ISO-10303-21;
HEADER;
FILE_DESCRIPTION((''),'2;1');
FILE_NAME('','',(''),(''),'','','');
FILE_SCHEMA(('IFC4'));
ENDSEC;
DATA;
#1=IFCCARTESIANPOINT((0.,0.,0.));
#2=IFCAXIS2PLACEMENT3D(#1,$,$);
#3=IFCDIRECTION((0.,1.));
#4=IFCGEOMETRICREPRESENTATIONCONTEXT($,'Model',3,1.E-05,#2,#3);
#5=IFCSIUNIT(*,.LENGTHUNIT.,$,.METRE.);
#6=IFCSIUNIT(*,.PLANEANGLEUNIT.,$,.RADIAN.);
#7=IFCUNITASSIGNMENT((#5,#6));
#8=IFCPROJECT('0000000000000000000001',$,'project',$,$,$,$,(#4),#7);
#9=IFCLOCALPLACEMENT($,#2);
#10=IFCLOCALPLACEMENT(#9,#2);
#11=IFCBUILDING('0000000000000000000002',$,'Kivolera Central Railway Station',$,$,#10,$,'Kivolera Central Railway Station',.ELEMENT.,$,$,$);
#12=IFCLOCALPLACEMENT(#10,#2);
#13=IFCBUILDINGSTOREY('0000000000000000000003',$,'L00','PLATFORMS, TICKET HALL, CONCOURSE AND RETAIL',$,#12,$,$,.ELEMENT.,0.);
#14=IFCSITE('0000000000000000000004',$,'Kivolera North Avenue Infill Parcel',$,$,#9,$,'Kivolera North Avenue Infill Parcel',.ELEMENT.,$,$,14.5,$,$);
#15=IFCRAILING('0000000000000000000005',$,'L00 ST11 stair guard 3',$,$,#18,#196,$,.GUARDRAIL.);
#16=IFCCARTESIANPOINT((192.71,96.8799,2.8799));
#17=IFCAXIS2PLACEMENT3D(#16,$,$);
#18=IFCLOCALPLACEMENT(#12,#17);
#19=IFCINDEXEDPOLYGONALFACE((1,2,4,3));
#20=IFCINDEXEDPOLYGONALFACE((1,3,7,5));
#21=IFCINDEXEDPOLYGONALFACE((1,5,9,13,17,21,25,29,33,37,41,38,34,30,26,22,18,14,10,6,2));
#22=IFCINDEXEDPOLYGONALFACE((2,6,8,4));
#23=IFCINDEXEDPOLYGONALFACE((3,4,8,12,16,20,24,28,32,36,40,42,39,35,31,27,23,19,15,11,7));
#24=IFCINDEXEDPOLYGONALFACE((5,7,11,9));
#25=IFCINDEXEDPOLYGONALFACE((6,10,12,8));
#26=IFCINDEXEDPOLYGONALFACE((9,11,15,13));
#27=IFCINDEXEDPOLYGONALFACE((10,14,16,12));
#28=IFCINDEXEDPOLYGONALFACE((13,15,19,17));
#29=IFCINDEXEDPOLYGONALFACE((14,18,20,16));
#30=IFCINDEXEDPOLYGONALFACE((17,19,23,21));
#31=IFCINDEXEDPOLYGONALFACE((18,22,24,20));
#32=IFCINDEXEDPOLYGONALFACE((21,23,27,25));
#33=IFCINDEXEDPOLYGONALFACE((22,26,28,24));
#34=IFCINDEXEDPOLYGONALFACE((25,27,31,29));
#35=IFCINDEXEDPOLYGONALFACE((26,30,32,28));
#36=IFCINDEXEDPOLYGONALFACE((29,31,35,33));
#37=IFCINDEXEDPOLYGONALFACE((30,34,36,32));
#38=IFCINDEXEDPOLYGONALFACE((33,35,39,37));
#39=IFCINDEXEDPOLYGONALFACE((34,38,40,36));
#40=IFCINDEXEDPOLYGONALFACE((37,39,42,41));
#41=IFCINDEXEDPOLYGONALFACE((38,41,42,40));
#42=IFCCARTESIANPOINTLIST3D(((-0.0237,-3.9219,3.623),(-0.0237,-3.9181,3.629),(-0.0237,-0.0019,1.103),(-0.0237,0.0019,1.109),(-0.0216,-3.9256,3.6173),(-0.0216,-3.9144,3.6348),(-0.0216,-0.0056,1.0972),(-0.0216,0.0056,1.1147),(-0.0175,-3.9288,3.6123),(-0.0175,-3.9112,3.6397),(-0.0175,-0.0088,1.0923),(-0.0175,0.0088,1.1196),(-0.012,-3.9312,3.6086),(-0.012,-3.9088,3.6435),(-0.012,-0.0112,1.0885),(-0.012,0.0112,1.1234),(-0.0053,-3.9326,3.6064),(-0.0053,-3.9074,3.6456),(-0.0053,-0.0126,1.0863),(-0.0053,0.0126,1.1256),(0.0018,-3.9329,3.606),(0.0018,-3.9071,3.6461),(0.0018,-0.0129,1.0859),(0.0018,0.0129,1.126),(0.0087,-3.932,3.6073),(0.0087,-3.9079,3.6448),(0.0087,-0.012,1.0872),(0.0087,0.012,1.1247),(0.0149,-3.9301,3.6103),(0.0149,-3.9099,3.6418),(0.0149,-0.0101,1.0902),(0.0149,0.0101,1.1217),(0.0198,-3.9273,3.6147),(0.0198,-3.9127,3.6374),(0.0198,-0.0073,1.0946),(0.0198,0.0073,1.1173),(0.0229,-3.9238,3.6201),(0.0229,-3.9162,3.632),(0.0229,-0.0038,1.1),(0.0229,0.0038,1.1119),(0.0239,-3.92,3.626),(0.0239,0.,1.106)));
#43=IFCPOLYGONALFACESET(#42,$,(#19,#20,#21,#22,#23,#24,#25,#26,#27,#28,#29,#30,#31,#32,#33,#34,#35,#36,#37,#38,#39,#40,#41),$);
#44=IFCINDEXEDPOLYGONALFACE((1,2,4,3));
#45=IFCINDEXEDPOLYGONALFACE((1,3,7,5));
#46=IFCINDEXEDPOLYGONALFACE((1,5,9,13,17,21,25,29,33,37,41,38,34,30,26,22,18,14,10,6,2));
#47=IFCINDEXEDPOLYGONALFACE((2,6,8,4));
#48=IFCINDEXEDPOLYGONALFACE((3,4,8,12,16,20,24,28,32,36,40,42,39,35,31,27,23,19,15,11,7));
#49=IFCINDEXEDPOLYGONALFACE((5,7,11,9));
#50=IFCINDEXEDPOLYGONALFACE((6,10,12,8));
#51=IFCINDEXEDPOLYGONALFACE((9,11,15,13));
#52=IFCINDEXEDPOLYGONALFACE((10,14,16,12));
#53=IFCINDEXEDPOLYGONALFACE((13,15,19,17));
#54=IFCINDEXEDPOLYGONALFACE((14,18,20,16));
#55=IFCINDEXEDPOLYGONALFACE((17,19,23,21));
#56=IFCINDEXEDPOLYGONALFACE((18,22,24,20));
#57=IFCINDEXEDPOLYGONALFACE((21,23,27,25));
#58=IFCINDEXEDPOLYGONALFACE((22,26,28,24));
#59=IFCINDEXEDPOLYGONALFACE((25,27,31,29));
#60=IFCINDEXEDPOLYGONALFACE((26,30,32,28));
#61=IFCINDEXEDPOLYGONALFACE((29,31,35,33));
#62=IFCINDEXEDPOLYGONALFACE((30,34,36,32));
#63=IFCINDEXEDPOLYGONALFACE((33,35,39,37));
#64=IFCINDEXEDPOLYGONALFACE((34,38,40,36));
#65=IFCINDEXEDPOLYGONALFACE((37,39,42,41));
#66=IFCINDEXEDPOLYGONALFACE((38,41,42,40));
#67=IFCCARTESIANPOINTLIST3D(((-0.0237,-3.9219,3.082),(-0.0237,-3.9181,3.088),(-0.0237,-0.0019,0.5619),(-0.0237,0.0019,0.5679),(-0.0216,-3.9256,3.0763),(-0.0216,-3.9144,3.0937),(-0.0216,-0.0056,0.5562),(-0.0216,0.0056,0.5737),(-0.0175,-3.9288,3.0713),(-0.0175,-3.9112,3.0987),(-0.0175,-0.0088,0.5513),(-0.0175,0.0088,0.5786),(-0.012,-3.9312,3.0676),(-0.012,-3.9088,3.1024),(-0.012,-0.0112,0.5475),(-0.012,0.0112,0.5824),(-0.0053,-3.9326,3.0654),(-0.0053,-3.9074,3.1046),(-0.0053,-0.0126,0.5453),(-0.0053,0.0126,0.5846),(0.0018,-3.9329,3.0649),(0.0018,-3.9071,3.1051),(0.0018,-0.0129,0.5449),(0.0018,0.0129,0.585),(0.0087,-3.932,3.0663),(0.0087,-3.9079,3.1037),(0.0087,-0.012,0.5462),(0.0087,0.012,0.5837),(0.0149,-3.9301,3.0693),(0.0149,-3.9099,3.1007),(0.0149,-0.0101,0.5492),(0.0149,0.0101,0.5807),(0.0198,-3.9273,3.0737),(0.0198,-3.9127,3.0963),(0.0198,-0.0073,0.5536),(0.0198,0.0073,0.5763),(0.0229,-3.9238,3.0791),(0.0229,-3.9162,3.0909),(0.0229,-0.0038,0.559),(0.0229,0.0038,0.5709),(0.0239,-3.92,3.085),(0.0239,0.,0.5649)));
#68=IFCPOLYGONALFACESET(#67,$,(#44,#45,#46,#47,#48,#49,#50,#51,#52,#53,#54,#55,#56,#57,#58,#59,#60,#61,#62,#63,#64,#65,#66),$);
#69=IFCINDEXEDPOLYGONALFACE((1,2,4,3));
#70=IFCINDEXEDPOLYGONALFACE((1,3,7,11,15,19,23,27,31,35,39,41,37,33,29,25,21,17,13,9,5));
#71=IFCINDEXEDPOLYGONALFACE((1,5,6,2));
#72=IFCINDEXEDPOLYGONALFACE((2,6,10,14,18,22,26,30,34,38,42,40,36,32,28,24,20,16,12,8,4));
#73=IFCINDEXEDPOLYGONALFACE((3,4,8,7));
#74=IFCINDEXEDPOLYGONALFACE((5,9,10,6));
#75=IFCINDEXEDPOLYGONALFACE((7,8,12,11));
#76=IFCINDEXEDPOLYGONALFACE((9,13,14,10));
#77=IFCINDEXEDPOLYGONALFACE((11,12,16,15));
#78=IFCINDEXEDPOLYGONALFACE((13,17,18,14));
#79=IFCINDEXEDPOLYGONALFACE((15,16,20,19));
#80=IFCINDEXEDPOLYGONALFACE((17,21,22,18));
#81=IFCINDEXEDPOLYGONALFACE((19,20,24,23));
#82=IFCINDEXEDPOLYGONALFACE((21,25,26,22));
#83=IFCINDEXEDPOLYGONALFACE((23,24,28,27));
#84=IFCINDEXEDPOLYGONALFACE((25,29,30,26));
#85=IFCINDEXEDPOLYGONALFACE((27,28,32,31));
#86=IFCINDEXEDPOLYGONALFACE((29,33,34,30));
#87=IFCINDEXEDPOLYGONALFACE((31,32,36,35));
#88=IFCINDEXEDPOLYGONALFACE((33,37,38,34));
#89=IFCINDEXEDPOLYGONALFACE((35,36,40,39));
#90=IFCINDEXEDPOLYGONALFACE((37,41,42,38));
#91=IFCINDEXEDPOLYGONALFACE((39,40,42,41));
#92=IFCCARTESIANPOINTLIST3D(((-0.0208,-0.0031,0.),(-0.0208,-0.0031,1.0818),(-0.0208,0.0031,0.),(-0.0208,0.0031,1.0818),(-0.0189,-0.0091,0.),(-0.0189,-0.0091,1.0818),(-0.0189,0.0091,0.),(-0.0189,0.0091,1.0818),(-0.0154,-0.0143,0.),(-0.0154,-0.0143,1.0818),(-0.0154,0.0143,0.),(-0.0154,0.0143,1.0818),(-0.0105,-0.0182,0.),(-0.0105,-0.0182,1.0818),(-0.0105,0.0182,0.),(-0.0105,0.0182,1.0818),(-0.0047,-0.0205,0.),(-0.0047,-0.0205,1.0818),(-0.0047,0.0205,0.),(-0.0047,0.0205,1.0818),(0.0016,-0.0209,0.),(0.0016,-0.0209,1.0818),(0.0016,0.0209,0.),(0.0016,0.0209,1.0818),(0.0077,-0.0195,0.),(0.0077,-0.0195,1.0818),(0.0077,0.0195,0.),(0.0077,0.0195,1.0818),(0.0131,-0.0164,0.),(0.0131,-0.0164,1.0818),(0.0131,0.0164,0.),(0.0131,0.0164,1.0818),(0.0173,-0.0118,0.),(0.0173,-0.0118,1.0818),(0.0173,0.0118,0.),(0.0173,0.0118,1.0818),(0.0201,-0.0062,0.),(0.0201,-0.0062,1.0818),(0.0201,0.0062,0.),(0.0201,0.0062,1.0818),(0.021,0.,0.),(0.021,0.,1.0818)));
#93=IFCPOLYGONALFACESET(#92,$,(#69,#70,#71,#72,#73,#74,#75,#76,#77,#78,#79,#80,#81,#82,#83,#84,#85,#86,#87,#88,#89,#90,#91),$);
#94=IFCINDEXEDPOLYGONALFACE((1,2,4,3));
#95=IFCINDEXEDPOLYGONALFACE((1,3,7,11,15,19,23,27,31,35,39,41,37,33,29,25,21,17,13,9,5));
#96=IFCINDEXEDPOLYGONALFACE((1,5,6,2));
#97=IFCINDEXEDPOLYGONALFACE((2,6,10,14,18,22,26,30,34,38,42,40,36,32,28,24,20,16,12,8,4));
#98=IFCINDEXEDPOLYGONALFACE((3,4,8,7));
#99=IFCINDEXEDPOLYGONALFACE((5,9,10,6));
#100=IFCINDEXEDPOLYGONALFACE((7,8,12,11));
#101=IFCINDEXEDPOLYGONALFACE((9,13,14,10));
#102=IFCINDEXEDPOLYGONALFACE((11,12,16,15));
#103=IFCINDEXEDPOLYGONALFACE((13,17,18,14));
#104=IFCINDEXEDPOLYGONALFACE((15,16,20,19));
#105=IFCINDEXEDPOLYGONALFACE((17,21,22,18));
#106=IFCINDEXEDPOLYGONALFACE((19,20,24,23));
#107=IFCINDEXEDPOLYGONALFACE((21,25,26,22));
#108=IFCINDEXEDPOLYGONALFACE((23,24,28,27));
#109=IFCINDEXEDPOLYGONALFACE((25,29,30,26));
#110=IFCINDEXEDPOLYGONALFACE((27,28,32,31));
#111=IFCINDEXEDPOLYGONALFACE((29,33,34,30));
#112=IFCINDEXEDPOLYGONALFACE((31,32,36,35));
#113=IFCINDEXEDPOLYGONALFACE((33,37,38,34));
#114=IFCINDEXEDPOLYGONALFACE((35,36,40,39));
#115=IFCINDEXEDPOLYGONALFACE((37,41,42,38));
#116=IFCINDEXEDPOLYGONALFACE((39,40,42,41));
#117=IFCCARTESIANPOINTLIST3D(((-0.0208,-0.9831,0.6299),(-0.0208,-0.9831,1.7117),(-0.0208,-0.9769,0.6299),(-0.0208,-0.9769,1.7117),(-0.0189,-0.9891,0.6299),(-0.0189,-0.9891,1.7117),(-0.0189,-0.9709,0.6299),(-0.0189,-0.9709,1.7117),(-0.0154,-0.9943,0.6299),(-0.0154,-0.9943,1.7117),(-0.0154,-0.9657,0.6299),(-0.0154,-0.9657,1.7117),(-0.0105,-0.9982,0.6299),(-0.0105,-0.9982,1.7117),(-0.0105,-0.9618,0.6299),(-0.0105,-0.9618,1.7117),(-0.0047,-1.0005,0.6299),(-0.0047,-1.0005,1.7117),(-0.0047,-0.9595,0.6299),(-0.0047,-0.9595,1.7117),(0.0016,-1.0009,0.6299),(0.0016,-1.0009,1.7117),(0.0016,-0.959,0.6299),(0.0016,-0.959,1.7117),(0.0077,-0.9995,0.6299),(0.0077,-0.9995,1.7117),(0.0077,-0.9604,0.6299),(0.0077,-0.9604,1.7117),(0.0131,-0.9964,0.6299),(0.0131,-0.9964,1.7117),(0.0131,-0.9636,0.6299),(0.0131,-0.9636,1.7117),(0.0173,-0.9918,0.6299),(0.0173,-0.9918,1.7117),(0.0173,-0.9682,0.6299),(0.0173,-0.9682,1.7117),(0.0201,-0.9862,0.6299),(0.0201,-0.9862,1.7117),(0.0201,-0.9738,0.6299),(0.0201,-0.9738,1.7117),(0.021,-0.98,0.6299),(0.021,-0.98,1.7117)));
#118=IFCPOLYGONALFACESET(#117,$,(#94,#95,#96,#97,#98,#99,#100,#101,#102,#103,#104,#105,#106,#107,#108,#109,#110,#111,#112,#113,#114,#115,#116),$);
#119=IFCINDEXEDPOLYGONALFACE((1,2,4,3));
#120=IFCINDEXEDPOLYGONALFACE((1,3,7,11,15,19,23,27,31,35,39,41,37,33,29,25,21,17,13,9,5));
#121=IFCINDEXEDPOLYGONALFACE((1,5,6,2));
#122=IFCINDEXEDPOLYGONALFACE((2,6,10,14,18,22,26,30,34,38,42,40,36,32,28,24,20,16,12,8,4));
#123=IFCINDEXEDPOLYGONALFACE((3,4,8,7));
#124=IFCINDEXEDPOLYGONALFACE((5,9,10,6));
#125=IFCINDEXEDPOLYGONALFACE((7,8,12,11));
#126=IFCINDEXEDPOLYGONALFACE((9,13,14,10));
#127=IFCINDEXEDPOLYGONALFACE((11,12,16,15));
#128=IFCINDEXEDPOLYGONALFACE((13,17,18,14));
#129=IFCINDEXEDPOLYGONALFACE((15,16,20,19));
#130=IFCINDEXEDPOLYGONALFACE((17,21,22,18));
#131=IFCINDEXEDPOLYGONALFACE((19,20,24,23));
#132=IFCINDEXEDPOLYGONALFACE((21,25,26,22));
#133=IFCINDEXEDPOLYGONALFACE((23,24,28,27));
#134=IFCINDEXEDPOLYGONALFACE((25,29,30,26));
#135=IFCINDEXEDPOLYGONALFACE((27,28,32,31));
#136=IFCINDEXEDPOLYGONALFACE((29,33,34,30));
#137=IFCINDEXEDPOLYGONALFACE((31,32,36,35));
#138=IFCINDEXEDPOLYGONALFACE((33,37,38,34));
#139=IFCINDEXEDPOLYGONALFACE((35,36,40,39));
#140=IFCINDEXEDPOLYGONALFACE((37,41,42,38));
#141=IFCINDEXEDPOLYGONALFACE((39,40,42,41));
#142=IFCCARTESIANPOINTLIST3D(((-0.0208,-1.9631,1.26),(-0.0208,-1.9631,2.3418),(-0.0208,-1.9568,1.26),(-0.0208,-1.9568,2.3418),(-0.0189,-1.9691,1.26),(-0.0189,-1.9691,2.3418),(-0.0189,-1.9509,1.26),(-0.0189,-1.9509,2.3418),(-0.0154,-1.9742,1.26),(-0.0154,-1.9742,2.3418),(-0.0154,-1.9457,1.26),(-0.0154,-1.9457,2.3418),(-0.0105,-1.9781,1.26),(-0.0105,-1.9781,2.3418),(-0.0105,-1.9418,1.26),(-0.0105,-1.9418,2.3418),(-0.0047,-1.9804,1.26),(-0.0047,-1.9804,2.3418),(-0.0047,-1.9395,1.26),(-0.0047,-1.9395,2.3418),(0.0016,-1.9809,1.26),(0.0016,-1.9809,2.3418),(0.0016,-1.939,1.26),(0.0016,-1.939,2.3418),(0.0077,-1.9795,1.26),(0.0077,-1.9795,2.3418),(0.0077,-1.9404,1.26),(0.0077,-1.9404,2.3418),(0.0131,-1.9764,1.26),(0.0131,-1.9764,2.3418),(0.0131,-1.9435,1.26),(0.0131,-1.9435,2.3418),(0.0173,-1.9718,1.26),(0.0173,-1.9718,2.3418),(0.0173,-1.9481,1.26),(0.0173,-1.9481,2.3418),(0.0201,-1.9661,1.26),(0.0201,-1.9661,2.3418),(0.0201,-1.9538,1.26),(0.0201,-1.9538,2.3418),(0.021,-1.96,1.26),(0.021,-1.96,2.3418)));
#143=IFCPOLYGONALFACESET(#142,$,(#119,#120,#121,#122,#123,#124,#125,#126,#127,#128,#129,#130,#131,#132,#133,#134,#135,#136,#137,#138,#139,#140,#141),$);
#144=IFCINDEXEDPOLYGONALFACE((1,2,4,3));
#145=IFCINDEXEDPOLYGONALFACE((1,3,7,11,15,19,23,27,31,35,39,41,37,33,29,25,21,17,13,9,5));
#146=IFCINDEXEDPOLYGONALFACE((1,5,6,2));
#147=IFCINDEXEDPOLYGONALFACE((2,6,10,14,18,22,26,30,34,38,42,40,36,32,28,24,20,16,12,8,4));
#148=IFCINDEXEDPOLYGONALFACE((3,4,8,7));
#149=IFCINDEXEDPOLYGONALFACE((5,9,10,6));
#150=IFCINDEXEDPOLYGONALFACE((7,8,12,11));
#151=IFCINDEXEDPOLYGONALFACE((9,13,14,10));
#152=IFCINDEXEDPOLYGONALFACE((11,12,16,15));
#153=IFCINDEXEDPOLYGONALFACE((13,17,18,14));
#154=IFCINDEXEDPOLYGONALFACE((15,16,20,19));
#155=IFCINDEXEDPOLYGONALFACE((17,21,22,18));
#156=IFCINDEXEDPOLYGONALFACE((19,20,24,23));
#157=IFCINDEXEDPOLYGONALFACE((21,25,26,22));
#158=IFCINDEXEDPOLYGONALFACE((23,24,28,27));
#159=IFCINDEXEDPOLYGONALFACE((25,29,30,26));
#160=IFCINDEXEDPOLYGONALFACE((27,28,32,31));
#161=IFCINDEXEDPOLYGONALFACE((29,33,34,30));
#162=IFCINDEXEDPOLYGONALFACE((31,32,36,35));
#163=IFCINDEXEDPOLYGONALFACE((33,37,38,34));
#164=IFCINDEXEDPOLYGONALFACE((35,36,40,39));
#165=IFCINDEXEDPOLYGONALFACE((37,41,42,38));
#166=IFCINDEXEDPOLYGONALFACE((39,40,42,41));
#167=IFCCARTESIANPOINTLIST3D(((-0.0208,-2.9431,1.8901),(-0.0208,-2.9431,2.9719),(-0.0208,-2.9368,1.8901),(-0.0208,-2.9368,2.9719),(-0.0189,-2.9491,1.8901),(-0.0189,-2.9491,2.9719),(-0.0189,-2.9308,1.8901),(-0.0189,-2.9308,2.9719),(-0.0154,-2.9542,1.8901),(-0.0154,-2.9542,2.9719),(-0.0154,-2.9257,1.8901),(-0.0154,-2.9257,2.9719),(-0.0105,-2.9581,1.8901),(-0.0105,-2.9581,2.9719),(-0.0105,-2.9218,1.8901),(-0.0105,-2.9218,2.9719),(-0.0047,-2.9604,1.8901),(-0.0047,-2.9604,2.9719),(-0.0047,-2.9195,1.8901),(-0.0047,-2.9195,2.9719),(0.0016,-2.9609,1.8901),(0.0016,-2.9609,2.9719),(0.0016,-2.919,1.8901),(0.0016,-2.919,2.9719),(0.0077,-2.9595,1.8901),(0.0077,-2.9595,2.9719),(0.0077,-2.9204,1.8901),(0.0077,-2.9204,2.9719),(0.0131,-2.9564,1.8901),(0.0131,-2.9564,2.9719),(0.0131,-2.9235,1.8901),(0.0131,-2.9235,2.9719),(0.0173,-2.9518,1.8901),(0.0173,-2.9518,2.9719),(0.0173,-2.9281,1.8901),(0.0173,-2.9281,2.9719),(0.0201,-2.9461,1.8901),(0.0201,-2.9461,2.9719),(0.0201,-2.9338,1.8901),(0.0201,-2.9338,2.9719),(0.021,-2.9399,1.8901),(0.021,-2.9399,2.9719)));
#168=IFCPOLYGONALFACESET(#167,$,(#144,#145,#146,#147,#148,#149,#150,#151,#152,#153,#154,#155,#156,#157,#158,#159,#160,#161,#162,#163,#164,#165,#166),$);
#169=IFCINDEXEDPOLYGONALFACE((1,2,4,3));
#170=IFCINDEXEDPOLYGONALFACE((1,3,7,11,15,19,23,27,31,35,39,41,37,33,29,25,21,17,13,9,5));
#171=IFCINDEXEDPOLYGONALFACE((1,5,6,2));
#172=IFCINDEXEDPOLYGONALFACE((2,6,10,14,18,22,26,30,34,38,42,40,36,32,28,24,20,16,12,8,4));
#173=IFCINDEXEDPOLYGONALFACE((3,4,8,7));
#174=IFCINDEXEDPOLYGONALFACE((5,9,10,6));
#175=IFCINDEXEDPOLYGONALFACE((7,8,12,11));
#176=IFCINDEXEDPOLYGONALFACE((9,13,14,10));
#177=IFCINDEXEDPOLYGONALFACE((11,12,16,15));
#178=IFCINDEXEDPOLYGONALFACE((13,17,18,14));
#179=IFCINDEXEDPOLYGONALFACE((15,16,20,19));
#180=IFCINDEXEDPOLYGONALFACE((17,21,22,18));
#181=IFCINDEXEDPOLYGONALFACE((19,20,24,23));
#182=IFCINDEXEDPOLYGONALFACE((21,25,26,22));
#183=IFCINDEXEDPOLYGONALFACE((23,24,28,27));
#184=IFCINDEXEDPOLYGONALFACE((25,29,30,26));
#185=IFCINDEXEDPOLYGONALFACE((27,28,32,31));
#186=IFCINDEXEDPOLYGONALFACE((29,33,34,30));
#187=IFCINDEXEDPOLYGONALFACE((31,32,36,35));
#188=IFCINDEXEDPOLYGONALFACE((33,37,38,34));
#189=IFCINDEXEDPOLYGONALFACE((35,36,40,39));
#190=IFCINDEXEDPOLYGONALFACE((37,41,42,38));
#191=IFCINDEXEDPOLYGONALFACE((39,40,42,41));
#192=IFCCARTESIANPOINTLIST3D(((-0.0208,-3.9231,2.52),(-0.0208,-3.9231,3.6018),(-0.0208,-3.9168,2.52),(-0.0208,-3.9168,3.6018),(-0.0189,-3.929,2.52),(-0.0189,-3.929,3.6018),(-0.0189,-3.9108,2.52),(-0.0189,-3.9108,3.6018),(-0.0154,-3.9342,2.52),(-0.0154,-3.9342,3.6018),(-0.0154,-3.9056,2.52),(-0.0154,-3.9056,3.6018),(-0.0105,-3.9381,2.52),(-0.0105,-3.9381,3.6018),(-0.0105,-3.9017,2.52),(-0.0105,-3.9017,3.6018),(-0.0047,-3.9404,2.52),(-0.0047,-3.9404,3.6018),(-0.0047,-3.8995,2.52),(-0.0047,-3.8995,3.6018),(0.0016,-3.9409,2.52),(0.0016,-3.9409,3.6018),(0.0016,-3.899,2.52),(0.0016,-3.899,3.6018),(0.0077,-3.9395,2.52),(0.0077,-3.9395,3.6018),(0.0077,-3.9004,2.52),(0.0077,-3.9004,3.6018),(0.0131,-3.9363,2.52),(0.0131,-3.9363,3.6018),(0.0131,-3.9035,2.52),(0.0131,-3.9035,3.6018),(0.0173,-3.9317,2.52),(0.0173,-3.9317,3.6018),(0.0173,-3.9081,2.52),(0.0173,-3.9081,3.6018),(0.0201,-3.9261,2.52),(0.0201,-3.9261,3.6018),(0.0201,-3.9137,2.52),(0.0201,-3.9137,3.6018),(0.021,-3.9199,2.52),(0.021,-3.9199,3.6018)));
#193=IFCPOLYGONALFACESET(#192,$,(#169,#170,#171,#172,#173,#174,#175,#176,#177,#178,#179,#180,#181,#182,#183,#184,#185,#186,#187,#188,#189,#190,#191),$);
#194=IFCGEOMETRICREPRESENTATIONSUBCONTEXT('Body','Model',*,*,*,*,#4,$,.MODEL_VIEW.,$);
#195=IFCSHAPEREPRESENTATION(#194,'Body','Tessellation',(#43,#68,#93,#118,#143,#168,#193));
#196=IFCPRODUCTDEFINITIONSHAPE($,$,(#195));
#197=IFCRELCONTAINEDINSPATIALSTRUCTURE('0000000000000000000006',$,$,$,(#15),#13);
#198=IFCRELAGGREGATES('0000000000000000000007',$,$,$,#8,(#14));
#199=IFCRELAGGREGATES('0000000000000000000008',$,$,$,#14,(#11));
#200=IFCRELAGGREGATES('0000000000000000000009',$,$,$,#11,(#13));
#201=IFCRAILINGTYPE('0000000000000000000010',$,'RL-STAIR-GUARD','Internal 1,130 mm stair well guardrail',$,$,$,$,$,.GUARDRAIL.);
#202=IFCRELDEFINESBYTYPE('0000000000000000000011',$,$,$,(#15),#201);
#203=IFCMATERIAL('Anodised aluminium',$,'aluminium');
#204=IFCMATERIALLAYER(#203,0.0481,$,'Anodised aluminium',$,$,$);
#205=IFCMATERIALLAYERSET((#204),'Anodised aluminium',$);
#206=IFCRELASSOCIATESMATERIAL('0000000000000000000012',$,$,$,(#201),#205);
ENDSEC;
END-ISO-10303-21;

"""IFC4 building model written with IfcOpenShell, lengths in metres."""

from ifc_helpers import new_model, si_unit, direction, frame, origin, origin_2d, place, context, subcontext, project, spatial, circle, extrude, material, layer, layer_set, type_object, element, save


model = new_model("IFC4")

# Units and contexts
model_context = context("Model", 3, precision=1e-05, world=origin(), true_north=direction((0.0, 1.0)))
body_context = subcontext(model_context, "Body", "Model", "MODEL_VIEW")
ifc_project = project(units=[si_unit("LENGTHUNIT", "METRE"), si_unit("PLANEANGLEUNIT", "RADIAN")], contexts=[model_context])

# Site, building, storey
site_placement = place(None, origin())
site = spatial("IfcSite", under=ifc_project, at=site_placement, Name="Kivolera North Avenue Infill Parcel", LongName="Kivolera North Avenue Infill Parcel", CompositionType="ELEMENT", RefElevation=14.5)
building_placement = place(site_placement, origin())
building = spatial("IfcBuilding", under=site, at=building_placement, Name="Kivolera Central Railway Station", LongName="Kivolera Central Railway Station", CompositionType="ELEMENT")
storey_placement = place(building_placement, origin())
storey = spatial("IfcBuildingStorey", under=building, at=storey_placement, Name="L00", Description="PLATFORMS, TICKET HALL, CONCOURSE AND RETAIL", CompositionType="ELEMENT", Elevation=0.0)

# Shared definitions
ifc_material_1 = material(Name="Anodised aluminium", Category="aluminium")

# Railing
ifc_layer_1 = layer(ifc_material_1, 0.0481, Name="Anodised aluminium")
ifc_layer_set_1 = layer_set([ifc_layer_1], Name="Anodised aluminium")
railing_type_1 = type_object("IfcRailingType", Name="RL-STAIR-GUARD", Description="Internal 1,130 mm stair well guardrail", PredefinedType="GUARDRAIL", material=ifc_layer_set_1)
railing_1_placement = place(storey_placement, frame((192.71, 96.8799, 2.8799)))
element("IfcRailing", 1, at=railing_1_placement, inside=storey, type_object=railing_type_1, Name="L00 ST11 stair guard 3", PredefinedType="GUARDRAIL", context=body_context, shape_type="SweptSolid", body=[
    extrude(circle(Radius=0.0239, at=origin_2d()), frame((0.0, 0.0, 1.106), z_axis=(0.0, -0.841172, 0.540768), x_axis=(1.0, 0.0, 0.0)), (0.0, 0.0, 1.0), 4.6602),
    extrude(circle(Radius=0.0239, at=origin_2d()), frame((0.0, 0.0, 0.5649), z_axis=(0.0, -0.841172, 0.540768), x_axis=(1.0, 0.0, 0.0)), (0.0, 0.0, 1.0), 4.6602),
    extrude(circle(Radius=0.021, at=origin_2d()), origin(), (0.0, 0.0, 1.0), 1.0818),
    extrude(circle(Radius=0.021, at=origin_2d()), frame((0.0, -0.98, 0.6299)), (0.0, 0.0, 1.0), 1.0818),
    extrude(circle(Radius=0.021, at=origin_2d()), frame((0.0, -1.96, 1.26)), (0.0, 0.0, 1.0), 1.0818),
    extrude(circle(Radius=0.021, at=origin_2d()), frame((0.0, -2.9399, 1.8901)), (0.0, 0.0, 1.0), 1.0818),
    extrude(circle(Radius=0.021, at=origin_2d()), frame((0.0, -3.9199, 2.52)), (0.0, 0.0, 1.0), 1.0818),
])

save(model, "model.ifc")
